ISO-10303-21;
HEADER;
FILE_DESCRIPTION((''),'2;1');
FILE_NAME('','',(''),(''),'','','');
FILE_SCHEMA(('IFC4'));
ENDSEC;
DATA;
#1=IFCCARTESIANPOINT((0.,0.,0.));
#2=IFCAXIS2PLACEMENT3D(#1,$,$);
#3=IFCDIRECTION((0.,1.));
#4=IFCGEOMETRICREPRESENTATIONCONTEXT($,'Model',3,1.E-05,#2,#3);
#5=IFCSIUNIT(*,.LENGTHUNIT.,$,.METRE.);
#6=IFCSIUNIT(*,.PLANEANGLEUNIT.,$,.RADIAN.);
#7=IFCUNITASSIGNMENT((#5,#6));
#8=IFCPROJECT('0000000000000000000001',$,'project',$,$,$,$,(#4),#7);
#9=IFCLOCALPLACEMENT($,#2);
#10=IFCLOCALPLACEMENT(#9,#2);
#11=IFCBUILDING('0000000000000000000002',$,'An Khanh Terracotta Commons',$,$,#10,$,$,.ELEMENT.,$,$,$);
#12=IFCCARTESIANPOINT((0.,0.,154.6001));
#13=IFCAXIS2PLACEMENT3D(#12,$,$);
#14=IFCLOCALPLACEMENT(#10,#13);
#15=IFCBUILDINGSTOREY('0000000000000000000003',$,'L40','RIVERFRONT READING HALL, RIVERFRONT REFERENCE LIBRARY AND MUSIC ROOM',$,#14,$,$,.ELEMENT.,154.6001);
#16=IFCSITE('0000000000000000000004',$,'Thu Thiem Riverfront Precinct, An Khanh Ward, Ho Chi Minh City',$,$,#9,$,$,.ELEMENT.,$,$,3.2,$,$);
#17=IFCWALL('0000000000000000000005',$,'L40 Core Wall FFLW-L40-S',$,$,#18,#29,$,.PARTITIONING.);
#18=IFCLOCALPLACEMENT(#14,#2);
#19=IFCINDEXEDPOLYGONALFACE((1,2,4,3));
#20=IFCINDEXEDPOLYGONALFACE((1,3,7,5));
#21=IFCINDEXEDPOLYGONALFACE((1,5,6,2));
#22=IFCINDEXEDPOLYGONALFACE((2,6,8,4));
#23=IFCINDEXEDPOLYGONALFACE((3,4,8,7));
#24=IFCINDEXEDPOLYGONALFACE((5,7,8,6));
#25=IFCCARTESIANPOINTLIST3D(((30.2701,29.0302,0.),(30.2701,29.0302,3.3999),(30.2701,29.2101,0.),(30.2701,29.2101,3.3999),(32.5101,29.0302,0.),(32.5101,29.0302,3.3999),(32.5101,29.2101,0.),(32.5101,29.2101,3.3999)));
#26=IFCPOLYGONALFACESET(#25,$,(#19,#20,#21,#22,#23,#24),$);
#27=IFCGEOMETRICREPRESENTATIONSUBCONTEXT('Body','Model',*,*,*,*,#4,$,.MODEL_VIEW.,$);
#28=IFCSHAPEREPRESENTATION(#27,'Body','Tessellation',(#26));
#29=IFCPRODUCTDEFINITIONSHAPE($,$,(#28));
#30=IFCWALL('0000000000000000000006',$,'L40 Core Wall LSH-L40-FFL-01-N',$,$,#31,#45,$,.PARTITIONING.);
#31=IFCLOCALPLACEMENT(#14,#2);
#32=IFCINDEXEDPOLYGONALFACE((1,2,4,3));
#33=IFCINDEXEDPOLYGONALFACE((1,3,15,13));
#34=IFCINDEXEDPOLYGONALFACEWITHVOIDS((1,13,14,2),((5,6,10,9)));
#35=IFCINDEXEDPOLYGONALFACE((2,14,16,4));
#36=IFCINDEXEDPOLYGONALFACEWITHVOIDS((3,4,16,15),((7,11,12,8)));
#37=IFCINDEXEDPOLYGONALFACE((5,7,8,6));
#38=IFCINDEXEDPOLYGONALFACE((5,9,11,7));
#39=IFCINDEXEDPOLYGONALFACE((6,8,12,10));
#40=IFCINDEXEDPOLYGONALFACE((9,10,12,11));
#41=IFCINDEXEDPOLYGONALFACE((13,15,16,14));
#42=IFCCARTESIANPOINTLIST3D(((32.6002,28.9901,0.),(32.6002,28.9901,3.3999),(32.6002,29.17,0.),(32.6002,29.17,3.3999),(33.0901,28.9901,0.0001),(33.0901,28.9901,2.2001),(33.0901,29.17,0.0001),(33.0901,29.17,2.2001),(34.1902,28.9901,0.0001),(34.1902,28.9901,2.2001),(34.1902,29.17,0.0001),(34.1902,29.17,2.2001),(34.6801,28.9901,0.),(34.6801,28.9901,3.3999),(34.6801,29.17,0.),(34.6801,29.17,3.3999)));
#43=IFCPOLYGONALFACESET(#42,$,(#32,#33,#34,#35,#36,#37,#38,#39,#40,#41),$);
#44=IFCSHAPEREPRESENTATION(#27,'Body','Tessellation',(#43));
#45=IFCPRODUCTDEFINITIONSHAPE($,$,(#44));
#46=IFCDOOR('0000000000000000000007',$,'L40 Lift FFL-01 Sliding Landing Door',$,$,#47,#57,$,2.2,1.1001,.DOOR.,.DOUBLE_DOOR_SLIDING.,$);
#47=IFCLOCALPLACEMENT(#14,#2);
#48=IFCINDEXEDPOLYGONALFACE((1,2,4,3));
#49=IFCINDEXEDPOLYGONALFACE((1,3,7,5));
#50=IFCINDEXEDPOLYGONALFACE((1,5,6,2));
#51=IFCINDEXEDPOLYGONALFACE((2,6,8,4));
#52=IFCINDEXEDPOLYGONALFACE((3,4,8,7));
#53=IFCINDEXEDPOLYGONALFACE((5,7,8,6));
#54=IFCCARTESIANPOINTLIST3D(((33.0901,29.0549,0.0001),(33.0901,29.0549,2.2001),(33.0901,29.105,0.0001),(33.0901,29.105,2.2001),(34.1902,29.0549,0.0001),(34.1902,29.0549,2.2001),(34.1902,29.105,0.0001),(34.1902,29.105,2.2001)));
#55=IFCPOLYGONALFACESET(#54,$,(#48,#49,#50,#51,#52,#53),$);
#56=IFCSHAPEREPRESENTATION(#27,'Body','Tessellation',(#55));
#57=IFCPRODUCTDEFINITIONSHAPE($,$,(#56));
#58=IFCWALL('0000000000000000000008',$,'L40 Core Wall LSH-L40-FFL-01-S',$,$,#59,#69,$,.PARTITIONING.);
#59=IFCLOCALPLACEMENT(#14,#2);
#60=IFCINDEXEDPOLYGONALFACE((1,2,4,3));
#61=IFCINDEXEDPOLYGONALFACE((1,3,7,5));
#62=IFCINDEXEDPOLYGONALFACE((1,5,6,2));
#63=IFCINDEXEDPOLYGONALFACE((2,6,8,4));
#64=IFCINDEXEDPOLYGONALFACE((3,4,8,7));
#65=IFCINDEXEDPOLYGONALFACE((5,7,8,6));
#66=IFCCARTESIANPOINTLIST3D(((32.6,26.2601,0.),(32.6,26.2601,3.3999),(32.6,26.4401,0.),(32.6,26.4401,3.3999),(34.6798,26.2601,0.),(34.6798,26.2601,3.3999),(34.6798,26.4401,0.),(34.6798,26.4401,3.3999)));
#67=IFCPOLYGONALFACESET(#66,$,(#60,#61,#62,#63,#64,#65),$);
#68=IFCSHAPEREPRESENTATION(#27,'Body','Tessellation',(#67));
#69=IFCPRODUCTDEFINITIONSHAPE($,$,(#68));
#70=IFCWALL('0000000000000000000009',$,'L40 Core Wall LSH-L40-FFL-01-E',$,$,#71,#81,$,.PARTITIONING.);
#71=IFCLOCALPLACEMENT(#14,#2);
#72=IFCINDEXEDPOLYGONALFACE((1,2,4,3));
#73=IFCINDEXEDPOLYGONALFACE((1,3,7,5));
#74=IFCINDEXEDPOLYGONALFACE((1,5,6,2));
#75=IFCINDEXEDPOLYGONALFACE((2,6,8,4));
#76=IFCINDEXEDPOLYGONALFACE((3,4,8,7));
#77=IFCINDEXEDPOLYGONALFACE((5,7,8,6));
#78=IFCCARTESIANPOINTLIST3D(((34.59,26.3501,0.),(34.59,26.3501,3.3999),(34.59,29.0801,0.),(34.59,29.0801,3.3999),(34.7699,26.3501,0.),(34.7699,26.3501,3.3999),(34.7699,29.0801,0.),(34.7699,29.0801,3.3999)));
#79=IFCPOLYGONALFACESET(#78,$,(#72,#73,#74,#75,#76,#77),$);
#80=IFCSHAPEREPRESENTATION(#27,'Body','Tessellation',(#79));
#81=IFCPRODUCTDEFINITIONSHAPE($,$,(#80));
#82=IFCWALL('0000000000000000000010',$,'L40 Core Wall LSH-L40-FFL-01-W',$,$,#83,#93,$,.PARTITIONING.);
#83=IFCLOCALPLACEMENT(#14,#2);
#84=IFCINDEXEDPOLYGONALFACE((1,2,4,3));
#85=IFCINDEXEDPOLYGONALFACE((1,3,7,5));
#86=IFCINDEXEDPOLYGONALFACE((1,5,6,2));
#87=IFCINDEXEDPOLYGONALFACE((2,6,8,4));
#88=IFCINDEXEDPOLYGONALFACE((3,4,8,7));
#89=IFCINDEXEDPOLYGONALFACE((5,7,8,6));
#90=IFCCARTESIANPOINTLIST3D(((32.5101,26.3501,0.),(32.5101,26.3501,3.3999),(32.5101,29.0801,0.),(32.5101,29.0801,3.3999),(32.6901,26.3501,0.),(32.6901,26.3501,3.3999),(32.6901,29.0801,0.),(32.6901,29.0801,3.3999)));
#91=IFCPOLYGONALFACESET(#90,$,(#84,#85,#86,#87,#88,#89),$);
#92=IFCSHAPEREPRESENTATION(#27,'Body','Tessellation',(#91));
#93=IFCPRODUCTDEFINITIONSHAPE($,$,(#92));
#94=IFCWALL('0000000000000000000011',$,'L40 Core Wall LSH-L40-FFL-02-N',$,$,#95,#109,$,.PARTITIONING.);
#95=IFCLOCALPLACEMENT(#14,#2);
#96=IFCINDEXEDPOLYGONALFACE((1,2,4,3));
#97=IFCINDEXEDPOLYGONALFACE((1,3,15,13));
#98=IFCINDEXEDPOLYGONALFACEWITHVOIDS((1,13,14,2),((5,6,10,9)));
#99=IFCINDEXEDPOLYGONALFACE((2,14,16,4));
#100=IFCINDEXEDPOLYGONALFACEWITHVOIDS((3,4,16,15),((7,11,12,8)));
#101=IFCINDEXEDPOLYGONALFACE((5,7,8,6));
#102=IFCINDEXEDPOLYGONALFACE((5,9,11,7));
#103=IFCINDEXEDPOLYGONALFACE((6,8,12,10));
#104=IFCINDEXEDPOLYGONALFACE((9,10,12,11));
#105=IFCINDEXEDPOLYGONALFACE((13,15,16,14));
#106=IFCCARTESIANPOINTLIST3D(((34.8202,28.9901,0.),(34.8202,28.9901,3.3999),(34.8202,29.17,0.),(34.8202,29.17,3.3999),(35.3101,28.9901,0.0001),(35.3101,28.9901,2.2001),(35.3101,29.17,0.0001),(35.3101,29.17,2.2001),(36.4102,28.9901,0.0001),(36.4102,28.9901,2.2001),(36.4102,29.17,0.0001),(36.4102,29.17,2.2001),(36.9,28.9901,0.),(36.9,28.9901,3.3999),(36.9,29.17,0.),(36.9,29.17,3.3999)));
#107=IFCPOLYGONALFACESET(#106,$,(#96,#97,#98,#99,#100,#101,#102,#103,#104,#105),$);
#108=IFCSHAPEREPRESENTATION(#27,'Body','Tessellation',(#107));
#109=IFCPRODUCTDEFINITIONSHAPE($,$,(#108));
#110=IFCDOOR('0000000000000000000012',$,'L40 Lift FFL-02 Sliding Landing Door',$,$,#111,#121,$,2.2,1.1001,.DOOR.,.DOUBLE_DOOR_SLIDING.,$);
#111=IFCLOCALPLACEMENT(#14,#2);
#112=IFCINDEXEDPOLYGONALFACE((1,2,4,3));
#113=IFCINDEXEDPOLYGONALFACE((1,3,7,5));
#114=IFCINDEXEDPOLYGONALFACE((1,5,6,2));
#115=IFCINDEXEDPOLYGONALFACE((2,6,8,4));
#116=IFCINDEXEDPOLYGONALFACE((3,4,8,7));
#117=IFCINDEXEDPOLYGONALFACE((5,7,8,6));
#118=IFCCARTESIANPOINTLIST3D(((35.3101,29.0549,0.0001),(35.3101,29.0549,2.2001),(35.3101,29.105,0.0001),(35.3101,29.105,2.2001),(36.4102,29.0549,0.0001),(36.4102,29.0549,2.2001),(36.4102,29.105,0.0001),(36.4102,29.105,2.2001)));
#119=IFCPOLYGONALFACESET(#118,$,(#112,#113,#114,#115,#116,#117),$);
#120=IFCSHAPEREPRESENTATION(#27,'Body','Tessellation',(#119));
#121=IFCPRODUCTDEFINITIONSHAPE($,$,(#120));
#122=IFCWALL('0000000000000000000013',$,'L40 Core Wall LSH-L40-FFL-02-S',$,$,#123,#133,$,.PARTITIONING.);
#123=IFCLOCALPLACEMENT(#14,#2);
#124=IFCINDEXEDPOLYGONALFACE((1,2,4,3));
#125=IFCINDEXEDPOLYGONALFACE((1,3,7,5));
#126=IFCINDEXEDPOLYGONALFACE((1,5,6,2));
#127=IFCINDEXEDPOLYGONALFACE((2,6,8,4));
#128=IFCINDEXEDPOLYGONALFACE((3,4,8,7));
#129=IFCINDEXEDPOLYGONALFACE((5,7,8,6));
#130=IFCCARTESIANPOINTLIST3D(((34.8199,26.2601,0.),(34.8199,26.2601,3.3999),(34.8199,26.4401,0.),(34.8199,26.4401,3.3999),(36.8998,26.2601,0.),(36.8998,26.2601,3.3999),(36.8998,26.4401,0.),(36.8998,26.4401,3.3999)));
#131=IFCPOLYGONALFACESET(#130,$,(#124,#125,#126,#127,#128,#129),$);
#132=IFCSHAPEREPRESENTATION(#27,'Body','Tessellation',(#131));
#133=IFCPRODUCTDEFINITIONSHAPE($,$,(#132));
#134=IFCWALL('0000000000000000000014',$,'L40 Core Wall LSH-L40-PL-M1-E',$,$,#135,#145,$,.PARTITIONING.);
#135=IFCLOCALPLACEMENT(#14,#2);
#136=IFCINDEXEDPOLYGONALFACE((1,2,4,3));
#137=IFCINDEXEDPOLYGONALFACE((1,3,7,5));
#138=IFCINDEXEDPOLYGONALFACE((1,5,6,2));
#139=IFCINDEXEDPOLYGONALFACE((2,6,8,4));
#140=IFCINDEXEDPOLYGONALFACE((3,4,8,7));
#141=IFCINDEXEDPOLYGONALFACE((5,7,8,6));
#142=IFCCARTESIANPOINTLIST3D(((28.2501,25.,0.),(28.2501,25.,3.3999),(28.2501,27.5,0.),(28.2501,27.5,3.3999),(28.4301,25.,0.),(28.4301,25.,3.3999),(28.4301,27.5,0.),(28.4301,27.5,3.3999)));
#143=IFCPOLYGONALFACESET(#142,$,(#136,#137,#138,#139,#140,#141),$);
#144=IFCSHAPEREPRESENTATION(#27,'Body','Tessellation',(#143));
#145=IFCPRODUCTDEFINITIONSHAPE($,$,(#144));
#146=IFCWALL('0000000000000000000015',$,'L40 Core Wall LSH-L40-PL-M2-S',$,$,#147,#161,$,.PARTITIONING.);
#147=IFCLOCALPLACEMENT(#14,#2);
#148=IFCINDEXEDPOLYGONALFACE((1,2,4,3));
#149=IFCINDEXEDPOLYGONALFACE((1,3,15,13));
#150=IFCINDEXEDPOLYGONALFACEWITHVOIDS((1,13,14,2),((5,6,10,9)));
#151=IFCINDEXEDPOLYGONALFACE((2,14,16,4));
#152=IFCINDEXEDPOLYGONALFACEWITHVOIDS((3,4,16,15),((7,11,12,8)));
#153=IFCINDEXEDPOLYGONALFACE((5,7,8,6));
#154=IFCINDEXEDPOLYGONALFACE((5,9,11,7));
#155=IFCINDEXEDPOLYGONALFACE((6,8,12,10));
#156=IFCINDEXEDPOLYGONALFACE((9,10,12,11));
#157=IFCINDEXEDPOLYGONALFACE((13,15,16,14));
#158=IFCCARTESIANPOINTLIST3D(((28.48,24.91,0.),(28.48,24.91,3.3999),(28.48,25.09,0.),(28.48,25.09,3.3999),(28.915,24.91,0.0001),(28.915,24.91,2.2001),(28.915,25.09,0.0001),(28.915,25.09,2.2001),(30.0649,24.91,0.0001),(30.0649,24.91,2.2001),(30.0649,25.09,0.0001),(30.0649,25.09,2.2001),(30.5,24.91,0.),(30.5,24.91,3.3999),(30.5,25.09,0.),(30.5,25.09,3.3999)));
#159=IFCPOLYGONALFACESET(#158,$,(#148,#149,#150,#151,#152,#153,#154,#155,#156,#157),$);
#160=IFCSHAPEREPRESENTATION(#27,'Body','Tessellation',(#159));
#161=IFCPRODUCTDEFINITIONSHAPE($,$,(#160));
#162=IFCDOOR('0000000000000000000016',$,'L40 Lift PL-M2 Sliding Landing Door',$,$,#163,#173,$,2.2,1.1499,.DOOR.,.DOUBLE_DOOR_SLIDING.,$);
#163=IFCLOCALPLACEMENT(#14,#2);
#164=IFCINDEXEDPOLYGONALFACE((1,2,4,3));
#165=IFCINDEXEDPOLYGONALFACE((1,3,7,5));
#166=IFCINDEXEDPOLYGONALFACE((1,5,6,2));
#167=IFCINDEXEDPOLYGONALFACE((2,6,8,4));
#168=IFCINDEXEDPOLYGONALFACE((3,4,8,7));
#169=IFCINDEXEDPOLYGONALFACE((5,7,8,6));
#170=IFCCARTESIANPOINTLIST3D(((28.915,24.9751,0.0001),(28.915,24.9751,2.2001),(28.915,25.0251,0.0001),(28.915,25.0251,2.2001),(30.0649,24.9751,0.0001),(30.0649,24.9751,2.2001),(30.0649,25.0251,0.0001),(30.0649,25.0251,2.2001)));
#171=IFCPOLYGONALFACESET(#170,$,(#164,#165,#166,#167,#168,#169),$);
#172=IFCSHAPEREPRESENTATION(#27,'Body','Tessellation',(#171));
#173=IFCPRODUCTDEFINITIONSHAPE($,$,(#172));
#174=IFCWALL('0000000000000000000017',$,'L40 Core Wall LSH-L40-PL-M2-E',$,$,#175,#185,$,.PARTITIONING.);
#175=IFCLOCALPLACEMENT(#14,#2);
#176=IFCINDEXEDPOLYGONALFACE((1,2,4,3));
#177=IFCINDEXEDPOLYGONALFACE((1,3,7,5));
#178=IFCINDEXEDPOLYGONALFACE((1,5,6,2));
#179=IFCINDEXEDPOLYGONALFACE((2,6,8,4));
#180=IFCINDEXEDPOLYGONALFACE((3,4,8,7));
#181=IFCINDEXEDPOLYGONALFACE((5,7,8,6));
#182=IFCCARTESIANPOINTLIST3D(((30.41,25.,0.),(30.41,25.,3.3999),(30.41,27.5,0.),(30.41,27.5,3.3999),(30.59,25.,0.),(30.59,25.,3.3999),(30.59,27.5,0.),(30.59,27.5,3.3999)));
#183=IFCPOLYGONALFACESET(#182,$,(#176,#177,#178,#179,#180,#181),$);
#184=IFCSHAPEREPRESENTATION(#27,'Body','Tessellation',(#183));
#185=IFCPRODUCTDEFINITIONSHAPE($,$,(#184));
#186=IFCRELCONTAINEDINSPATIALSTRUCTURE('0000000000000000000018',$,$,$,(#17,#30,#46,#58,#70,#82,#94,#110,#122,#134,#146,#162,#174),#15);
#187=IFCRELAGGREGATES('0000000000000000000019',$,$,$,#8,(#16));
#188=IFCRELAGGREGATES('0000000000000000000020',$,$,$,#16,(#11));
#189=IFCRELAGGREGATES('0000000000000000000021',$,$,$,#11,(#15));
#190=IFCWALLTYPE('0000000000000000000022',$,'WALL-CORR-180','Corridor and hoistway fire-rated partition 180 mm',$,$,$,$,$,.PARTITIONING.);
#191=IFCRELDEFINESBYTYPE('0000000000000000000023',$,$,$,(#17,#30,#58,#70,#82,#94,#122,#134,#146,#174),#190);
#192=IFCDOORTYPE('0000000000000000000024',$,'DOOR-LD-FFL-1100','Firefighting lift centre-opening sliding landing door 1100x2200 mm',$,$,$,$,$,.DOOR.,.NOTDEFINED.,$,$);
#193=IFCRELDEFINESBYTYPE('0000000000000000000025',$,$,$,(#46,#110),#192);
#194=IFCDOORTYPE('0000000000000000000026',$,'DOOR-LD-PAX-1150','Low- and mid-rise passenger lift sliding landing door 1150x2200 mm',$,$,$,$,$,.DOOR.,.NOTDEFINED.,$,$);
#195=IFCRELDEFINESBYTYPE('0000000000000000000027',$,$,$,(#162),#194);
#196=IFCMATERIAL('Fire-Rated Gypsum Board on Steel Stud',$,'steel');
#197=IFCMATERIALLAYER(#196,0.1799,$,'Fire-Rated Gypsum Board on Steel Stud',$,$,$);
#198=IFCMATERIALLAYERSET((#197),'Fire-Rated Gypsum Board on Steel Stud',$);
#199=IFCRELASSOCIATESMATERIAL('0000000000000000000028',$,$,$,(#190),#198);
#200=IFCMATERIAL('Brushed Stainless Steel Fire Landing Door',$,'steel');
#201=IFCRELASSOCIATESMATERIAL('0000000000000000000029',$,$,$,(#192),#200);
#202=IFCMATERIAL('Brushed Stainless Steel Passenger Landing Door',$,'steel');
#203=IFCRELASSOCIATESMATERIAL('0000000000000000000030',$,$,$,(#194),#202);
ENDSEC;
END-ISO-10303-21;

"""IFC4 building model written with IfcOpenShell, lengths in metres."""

from ifc_helpers import new_model, si_unit, direction, frame, frame_2d, origin, place, context, subcontext, project, spatial, rectangle, extrude, material, layer, layer_set, type_object, element, fill, save


model = new_model("IFC4")

# Units and contexts
model_context = context("Model", 3, precision=1e-05, world=origin(), true_north=direction((0.0, 1.0)))
body_context = subcontext(model_context, "Body", "Model", "MODEL_VIEW")
ifc_project = project(units=[si_unit("LENGTHUNIT", "METRE"), si_unit("PLANEANGLEUNIT", "RADIAN")], contexts=[model_context])

# Site, building, storey
site_placement = place(None, origin())
site = spatial("IfcSite", under=ifc_project, at=site_placement, Name="Thu Thiem Riverfront Precinct, An Khanh Ward, Ho Chi Minh City", CompositionType="ELEMENT", RefElevation=3.2)
building_placement = place(site_placement, origin())
building = spatial("IfcBuilding", under=site, at=building_placement, Name="An Khanh Terracotta Commons", CompositionType="ELEMENT")
storey_placement = place(building_placement, frame((0.0, 0.0, 154.6001)))
storey = spatial("IfcBuildingStorey", under=building, at=storey_placement, Name="L40", Description="RIVERFRONT READING HALL, RIVERFRONT REFERENCE LIBRARY AND MUSIC ROOM", CompositionType="ELEMENT", Elevation=154.6001)

# Wall
ifc_material_1 = material(Name="Fire-Rated Gypsum Board on Steel Stud", Category="steel")
ifc_layer_1 = layer(ifc_material_1, 0.1799, Name="Fire-Rated Gypsum Board on Steel Stud")
ifc_layer_set_1 = layer_set([ifc_layer_1], Name="Fire-Rated Gypsum Board on Steel Stud")
wall_type_1 = type_object("IfcWallType", Name="WALL-CORR-180", Description="Corridor and hoistway fire-rated partition 180 mm", PredefinedType="PARTITIONING", material=ifc_layer_set_1)
wall_1_placement = place(storey_placement, frame((30.27, 29.1201, 0.0), z_axis=(0.0, 0.0, 1.0), x_axis=(1.0, 0.0, 0.0)))
element("IfcWall", 1, at=wall_1_placement, inside=storey, type_object=wall_type_1, Name="L40 Core Wall FFLW-L40-S", PredefinedType="PARTITIONING", context=body_context, shape_type="SweptSolid", body=[
    extrude(rectangle(XDim=2.24, YDim=0.1799, at=frame_2d((1.1201, 0.0))), origin(), (0.0, 0.0, 1.0), 3.3999),
])

# Wall, opening, door
wall_2_placement = place(storey_placement, frame((32.6001, 29.0801, 0.0), z_axis=(0.0, 0.0, 1.0), x_axis=(1.0, 0.0, 0.0)))
wall_2 = element("IfcWall", 2, at=wall_2_placement, inside=storey, type_object=wall_type_1, Name="L40 Core Wall LSH-L40-FFL-01-N", PredefinedType="PARTITIONING", context=body_context, shape_type="SweptSolid", body=[
    extrude(rectangle(XDim=2.0798, YDim=0.1799, at=frame_2d((1.04, 0.0))), origin(), (0.0, 0.0, 1.0), 3.3999),
])
opening_1_placement = place(wall_2_placement, frame((0.49, 0.0, 0.0)))
opening_1 = element("IfcOpeningElement", 3, at=opening_1_placement, cuts=wall_2, PredefinedType="OPENING", context=body_context, shape_type="SweptSolid", body=[
    extrude(rectangle(XDim=1.1001, YDim=2.2, at=frame_2d((0.55, 1.1001))), frame((0.0, 0.0999, 0.0), z_axis=(0.0, -1.0, 0.0), x_axis=(1.0, 0.0, 0.0)), (0.0, 0.0, 1.0), 0.2),
])
ifc_material_2 = material(Name="Brushed Stainless Steel Fire Landing Door", Category="steel")
door_type_1 = type_object("IfcDoorType", Name="DOOR-LD-FFL-1100", Description="Firefighting lift centre-opening sliding landing door 1100x2200 mm", OperationType="NOTDEFINED", PredefinedType="DOOR", material=ifc_material_2)
door_1_placement = place(opening_1_placement, origin())
door_1 = element("IfcDoor", 4, at=door_1_placement, inside=storey, type_object=door_type_1, Name="L40 Lift FFL-01 Sliding Landing Door", OperationType="DOUBLE_DOOR_SLIDING", OverallHeight=2.2, OverallWidth=1.1001, PredefinedType="DOOR", context=body_context, shape_type="SweptSolid", body=[
    extrude(rectangle(XDim=1.1001, YDim=2.2, at=frame_2d((0.55, 1.1001))), frame((0.0, 0.0249, 0.0), z_axis=(0.0, -1.0, 0.0), x_axis=(1.0, 0.0, 0.0)), (0.0, 0.0, 1.0), 0.05),
])
fill(opening_1, door_1)

# Walls
wall_3_placement = place(storey_placement, frame((34.6799, 26.3501, 0.0), z_axis=(0.0, 0.0, 1.0), x_axis=(-1.0, 0.0, 0.0)))
element("IfcWall", 5, at=wall_3_placement, inside=storey, type_object=wall_type_1, Name="L40 Core Wall LSH-L40-FFL-01-S", PredefinedType="PARTITIONING", context=body_context, shape_type="SweptSolid", body=[
    extrude(rectangle(XDim=2.0798, YDim=0.1799, at=frame_2d((1.04, 0.0))), origin(), (0.0, 0.0, 1.0), 3.3999),
])
for number, where, z_axis, x_axis, name in (
    (6, (34.6799, 26.3501, 0.0), (0.0, 0.0, 1.0), (0.0, 1.0, 0.0), "L40 Core Wall LSH-L40-FFL-01-E"),
    (7, (32.6001, 29.0801, 0.0), (0.0, 0.0, 1.0), (0.0, -1.0, 0.0), "L40 Core Wall LSH-L40-FFL-01-W"),
):
    element("IfcWall", number, at=place(storey_placement, frame(where, z_axis=z_axis, x_axis=x_axis)), inside=storey, type_object=wall_type_1, Name=name, PredefinedType="PARTITIONING", context=body_context, shape_type="SweptSolid", body=[
        extrude(rectangle(XDim=2.73, YDim=0.1799, at=frame_2d((1.365, 0.0))), origin(), (0.0, 0.0, 1.0), 3.3999),
    ])

# Wall, opening, door
wall_4_placement = place(storey_placement, frame((34.8201, 29.0801, 0.0), z_axis=(0.0, 0.0, 1.0), x_axis=(1.0, 0.0, 0.0)))
wall_4 = element("IfcWall", 8, at=wall_4_placement, inside=storey, type_object=wall_type_1, Name="L40 Core Wall LSH-L40-FFL-02-N", PredefinedType="PARTITIONING", context=body_context, shape_type="SweptSolid", body=[
    extrude(rectangle(XDim=2.0798, YDim=0.1799, at=frame_2d((1.04, 0.0))), origin(), (0.0, 0.0, 1.0), 3.3999),
])
opening_2_placement = place(wall_4_placement, frame((0.49, 0.0, 0.0)))
opening_2 = element("IfcOpeningElement", 9, at=opening_2_placement, cuts=wall_4, PredefinedType="OPENING", context=body_context, shape_type="SweptSolid", body=[
    extrude(rectangle(XDim=1.1001, YDim=2.2, at=frame_2d((0.55, 1.1001))), frame((0.0, 0.0999, 0.0), z_axis=(0.0, -1.0, 0.0), x_axis=(1.0, 0.0, 0.0)), (0.0, 0.0, 1.0), 0.2),
])
door_2_placement = place(opening_2_placement, origin())
door_2 = element("IfcDoor", 10, at=door_2_placement, inside=storey, type_object=door_type_1, Name="L40 Lift FFL-02 Sliding Landing Door", OperationType="DOUBLE_DOOR_SLIDING", OverallHeight=2.2, OverallWidth=1.1001, PredefinedType="DOOR", context=body_context, shape_type="SweptSolid", body=[
    extrude(rectangle(XDim=1.1001, YDim=2.2, at=frame_2d((0.55, 1.1001))), frame((0.0, 0.0249, 0.0), z_axis=(0.0, -1.0, 0.0), x_axis=(1.0, 0.0, 0.0)), (0.0, 0.0, 1.0), 0.05),
])
fill(opening_2, door_2)

# Walls
wall_5_placement = place(storey_placement, frame((36.8999, 26.3501, 0.0), z_axis=(0.0, 0.0, 1.0), x_axis=(-1.0, 0.0, 0.0)))
element("IfcWall", 11, at=wall_5_placement, inside=storey, type_object=wall_type_1, Name="L40 Core Wall LSH-L40-FFL-02-S", PredefinedType="PARTITIONING", context=body_context, shape_type="SweptSolid", body=[
    extrude(rectangle(XDim=2.0798, YDim=0.1799, at=frame_2d((1.04, 0.0))), origin(), (0.0, 0.0, 1.0), 3.3999),
])
wall_6_placement = place(storey_placement, frame((28.3401, 25.0, 0.0), z_axis=(0.0, 0.0, 1.0), x_axis=(0.0, 1.0, 0.0)))
element("IfcWall", 12, at=wall_6_placement, inside=storey, type_object=wall_type_1, Name="L40 Core Wall LSH-L40-PL-M1-E", PredefinedType="PARTITIONING", context=body_context, shape_type="SweptSolid", body=[
    extrude(rectangle(XDim=2.5, YDim=0.1799, at=frame_2d((1.25, 0.0))), origin(), (0.0, 0.0, 1.0), 3.3999),
])

# Wall, opening, door
wall_7_placement = place(storey_placement, frame((30.5, 25.0, 0.0), z_axis=(0.0, 0.0, 1.0), x_axis=(-1.0, 0.0, 0.0)))
wall_7 = element("IfcWall", 13, at=wall_7_placement, inside=storey, type_object=wall_type_1, Name="L40 Core Wall LSH-L40-PL-M2-S", PredefinedType="PARTITIONING", context=body_context, shape_type="SweptSolid", body=[
    extrude(rectangle(XDim=2.02, YDim=0.1799, at=frame_2d((1.01, 0.0))), origin(), (0.0, 0.0, 1.0), 3.3999),
])
opening_3_placement = place(wall_7_placement, frame((0.4351, 0.0, 0.0)))
opening_3 = element("IfcOpeningElement", 14, at=opening_3_placement, cuts=wall_7, PredefinedType="OPENING", context=body_context, shape_type="SweptSolid", body=[
    extrude(rectangle(XDim=1.1499, YDim=2.2, at=frame_2d((0.575, 1.1001))), frame((0.0, 0.0999, 0.0), z_axis=(0.0, -1.0, 0.0), x_axis=(1.0, 0.0, 0.0)), (0.0, 0.0, 1.0), 0.2),
])
ifc_material_3 = material(Name="Brushed Stainless Steel Passenger Landing Door", Category="steel")
door_type_2 = type_object("IfcDoorType", Name="DOOR-LD-PAX-1150", Description="Low- and mid-rise passenger lift sliding landing door 1150x2200 mm", OperationType="NOTDEFINED", PredefinedType="DOOR", material=ifc_material_3)
door_3_placement = place(opening_3_placement, origin())
door_3 = element("IfcDoor", 15, at=door_3_placement, inside=storey, type_object=door_type_2, Name="L40 Lift PL-M2 Sliding Landing Door", OperationType="DOUBLE_DOOR_SLIDING", OverallHeight=2.2, OverallWidth=1.1499, PredefinedType="DOOR", context=body_context, shape_type="SweptSolid", body=[
    extrude(rectangle(XDim=1.1499, YDim=2.2, at=frame_2d((0.575, 1.1001))), frame((0.0, 0.0249, 0.0), z_axis=(0.0, -1.0, 0.0), x_axis=(1.0, 0.0, 0.0)), (0.0, 0.0, 1.0), 0.05),
])
fill(opening_3, door_3)

# Wall
wall_8_placement = place(storey_placement, frame((30.5, 25.0, 0.0), z_axis=(0.0, 0.0, 1.0), x_axis=(0.0, 1.0, 0.0)))
element("IfcWall", 16, at=wall_8_placement, inside=storey, type_object=wall_type_1, Name="L40 Core Wall LSH-L40-PL-M2-E", PredefinedType="PARTITIONING", context=body_context, shape_type="SweptSolid", body=[
    extrude(rectangle(XDim=2.5, YDim=0.1799, at=frame_2d((1.25, 0.0))), origin(), (0.0, 0.0, 1.0), 3.3999),
])

save(model, "model.ifc")
